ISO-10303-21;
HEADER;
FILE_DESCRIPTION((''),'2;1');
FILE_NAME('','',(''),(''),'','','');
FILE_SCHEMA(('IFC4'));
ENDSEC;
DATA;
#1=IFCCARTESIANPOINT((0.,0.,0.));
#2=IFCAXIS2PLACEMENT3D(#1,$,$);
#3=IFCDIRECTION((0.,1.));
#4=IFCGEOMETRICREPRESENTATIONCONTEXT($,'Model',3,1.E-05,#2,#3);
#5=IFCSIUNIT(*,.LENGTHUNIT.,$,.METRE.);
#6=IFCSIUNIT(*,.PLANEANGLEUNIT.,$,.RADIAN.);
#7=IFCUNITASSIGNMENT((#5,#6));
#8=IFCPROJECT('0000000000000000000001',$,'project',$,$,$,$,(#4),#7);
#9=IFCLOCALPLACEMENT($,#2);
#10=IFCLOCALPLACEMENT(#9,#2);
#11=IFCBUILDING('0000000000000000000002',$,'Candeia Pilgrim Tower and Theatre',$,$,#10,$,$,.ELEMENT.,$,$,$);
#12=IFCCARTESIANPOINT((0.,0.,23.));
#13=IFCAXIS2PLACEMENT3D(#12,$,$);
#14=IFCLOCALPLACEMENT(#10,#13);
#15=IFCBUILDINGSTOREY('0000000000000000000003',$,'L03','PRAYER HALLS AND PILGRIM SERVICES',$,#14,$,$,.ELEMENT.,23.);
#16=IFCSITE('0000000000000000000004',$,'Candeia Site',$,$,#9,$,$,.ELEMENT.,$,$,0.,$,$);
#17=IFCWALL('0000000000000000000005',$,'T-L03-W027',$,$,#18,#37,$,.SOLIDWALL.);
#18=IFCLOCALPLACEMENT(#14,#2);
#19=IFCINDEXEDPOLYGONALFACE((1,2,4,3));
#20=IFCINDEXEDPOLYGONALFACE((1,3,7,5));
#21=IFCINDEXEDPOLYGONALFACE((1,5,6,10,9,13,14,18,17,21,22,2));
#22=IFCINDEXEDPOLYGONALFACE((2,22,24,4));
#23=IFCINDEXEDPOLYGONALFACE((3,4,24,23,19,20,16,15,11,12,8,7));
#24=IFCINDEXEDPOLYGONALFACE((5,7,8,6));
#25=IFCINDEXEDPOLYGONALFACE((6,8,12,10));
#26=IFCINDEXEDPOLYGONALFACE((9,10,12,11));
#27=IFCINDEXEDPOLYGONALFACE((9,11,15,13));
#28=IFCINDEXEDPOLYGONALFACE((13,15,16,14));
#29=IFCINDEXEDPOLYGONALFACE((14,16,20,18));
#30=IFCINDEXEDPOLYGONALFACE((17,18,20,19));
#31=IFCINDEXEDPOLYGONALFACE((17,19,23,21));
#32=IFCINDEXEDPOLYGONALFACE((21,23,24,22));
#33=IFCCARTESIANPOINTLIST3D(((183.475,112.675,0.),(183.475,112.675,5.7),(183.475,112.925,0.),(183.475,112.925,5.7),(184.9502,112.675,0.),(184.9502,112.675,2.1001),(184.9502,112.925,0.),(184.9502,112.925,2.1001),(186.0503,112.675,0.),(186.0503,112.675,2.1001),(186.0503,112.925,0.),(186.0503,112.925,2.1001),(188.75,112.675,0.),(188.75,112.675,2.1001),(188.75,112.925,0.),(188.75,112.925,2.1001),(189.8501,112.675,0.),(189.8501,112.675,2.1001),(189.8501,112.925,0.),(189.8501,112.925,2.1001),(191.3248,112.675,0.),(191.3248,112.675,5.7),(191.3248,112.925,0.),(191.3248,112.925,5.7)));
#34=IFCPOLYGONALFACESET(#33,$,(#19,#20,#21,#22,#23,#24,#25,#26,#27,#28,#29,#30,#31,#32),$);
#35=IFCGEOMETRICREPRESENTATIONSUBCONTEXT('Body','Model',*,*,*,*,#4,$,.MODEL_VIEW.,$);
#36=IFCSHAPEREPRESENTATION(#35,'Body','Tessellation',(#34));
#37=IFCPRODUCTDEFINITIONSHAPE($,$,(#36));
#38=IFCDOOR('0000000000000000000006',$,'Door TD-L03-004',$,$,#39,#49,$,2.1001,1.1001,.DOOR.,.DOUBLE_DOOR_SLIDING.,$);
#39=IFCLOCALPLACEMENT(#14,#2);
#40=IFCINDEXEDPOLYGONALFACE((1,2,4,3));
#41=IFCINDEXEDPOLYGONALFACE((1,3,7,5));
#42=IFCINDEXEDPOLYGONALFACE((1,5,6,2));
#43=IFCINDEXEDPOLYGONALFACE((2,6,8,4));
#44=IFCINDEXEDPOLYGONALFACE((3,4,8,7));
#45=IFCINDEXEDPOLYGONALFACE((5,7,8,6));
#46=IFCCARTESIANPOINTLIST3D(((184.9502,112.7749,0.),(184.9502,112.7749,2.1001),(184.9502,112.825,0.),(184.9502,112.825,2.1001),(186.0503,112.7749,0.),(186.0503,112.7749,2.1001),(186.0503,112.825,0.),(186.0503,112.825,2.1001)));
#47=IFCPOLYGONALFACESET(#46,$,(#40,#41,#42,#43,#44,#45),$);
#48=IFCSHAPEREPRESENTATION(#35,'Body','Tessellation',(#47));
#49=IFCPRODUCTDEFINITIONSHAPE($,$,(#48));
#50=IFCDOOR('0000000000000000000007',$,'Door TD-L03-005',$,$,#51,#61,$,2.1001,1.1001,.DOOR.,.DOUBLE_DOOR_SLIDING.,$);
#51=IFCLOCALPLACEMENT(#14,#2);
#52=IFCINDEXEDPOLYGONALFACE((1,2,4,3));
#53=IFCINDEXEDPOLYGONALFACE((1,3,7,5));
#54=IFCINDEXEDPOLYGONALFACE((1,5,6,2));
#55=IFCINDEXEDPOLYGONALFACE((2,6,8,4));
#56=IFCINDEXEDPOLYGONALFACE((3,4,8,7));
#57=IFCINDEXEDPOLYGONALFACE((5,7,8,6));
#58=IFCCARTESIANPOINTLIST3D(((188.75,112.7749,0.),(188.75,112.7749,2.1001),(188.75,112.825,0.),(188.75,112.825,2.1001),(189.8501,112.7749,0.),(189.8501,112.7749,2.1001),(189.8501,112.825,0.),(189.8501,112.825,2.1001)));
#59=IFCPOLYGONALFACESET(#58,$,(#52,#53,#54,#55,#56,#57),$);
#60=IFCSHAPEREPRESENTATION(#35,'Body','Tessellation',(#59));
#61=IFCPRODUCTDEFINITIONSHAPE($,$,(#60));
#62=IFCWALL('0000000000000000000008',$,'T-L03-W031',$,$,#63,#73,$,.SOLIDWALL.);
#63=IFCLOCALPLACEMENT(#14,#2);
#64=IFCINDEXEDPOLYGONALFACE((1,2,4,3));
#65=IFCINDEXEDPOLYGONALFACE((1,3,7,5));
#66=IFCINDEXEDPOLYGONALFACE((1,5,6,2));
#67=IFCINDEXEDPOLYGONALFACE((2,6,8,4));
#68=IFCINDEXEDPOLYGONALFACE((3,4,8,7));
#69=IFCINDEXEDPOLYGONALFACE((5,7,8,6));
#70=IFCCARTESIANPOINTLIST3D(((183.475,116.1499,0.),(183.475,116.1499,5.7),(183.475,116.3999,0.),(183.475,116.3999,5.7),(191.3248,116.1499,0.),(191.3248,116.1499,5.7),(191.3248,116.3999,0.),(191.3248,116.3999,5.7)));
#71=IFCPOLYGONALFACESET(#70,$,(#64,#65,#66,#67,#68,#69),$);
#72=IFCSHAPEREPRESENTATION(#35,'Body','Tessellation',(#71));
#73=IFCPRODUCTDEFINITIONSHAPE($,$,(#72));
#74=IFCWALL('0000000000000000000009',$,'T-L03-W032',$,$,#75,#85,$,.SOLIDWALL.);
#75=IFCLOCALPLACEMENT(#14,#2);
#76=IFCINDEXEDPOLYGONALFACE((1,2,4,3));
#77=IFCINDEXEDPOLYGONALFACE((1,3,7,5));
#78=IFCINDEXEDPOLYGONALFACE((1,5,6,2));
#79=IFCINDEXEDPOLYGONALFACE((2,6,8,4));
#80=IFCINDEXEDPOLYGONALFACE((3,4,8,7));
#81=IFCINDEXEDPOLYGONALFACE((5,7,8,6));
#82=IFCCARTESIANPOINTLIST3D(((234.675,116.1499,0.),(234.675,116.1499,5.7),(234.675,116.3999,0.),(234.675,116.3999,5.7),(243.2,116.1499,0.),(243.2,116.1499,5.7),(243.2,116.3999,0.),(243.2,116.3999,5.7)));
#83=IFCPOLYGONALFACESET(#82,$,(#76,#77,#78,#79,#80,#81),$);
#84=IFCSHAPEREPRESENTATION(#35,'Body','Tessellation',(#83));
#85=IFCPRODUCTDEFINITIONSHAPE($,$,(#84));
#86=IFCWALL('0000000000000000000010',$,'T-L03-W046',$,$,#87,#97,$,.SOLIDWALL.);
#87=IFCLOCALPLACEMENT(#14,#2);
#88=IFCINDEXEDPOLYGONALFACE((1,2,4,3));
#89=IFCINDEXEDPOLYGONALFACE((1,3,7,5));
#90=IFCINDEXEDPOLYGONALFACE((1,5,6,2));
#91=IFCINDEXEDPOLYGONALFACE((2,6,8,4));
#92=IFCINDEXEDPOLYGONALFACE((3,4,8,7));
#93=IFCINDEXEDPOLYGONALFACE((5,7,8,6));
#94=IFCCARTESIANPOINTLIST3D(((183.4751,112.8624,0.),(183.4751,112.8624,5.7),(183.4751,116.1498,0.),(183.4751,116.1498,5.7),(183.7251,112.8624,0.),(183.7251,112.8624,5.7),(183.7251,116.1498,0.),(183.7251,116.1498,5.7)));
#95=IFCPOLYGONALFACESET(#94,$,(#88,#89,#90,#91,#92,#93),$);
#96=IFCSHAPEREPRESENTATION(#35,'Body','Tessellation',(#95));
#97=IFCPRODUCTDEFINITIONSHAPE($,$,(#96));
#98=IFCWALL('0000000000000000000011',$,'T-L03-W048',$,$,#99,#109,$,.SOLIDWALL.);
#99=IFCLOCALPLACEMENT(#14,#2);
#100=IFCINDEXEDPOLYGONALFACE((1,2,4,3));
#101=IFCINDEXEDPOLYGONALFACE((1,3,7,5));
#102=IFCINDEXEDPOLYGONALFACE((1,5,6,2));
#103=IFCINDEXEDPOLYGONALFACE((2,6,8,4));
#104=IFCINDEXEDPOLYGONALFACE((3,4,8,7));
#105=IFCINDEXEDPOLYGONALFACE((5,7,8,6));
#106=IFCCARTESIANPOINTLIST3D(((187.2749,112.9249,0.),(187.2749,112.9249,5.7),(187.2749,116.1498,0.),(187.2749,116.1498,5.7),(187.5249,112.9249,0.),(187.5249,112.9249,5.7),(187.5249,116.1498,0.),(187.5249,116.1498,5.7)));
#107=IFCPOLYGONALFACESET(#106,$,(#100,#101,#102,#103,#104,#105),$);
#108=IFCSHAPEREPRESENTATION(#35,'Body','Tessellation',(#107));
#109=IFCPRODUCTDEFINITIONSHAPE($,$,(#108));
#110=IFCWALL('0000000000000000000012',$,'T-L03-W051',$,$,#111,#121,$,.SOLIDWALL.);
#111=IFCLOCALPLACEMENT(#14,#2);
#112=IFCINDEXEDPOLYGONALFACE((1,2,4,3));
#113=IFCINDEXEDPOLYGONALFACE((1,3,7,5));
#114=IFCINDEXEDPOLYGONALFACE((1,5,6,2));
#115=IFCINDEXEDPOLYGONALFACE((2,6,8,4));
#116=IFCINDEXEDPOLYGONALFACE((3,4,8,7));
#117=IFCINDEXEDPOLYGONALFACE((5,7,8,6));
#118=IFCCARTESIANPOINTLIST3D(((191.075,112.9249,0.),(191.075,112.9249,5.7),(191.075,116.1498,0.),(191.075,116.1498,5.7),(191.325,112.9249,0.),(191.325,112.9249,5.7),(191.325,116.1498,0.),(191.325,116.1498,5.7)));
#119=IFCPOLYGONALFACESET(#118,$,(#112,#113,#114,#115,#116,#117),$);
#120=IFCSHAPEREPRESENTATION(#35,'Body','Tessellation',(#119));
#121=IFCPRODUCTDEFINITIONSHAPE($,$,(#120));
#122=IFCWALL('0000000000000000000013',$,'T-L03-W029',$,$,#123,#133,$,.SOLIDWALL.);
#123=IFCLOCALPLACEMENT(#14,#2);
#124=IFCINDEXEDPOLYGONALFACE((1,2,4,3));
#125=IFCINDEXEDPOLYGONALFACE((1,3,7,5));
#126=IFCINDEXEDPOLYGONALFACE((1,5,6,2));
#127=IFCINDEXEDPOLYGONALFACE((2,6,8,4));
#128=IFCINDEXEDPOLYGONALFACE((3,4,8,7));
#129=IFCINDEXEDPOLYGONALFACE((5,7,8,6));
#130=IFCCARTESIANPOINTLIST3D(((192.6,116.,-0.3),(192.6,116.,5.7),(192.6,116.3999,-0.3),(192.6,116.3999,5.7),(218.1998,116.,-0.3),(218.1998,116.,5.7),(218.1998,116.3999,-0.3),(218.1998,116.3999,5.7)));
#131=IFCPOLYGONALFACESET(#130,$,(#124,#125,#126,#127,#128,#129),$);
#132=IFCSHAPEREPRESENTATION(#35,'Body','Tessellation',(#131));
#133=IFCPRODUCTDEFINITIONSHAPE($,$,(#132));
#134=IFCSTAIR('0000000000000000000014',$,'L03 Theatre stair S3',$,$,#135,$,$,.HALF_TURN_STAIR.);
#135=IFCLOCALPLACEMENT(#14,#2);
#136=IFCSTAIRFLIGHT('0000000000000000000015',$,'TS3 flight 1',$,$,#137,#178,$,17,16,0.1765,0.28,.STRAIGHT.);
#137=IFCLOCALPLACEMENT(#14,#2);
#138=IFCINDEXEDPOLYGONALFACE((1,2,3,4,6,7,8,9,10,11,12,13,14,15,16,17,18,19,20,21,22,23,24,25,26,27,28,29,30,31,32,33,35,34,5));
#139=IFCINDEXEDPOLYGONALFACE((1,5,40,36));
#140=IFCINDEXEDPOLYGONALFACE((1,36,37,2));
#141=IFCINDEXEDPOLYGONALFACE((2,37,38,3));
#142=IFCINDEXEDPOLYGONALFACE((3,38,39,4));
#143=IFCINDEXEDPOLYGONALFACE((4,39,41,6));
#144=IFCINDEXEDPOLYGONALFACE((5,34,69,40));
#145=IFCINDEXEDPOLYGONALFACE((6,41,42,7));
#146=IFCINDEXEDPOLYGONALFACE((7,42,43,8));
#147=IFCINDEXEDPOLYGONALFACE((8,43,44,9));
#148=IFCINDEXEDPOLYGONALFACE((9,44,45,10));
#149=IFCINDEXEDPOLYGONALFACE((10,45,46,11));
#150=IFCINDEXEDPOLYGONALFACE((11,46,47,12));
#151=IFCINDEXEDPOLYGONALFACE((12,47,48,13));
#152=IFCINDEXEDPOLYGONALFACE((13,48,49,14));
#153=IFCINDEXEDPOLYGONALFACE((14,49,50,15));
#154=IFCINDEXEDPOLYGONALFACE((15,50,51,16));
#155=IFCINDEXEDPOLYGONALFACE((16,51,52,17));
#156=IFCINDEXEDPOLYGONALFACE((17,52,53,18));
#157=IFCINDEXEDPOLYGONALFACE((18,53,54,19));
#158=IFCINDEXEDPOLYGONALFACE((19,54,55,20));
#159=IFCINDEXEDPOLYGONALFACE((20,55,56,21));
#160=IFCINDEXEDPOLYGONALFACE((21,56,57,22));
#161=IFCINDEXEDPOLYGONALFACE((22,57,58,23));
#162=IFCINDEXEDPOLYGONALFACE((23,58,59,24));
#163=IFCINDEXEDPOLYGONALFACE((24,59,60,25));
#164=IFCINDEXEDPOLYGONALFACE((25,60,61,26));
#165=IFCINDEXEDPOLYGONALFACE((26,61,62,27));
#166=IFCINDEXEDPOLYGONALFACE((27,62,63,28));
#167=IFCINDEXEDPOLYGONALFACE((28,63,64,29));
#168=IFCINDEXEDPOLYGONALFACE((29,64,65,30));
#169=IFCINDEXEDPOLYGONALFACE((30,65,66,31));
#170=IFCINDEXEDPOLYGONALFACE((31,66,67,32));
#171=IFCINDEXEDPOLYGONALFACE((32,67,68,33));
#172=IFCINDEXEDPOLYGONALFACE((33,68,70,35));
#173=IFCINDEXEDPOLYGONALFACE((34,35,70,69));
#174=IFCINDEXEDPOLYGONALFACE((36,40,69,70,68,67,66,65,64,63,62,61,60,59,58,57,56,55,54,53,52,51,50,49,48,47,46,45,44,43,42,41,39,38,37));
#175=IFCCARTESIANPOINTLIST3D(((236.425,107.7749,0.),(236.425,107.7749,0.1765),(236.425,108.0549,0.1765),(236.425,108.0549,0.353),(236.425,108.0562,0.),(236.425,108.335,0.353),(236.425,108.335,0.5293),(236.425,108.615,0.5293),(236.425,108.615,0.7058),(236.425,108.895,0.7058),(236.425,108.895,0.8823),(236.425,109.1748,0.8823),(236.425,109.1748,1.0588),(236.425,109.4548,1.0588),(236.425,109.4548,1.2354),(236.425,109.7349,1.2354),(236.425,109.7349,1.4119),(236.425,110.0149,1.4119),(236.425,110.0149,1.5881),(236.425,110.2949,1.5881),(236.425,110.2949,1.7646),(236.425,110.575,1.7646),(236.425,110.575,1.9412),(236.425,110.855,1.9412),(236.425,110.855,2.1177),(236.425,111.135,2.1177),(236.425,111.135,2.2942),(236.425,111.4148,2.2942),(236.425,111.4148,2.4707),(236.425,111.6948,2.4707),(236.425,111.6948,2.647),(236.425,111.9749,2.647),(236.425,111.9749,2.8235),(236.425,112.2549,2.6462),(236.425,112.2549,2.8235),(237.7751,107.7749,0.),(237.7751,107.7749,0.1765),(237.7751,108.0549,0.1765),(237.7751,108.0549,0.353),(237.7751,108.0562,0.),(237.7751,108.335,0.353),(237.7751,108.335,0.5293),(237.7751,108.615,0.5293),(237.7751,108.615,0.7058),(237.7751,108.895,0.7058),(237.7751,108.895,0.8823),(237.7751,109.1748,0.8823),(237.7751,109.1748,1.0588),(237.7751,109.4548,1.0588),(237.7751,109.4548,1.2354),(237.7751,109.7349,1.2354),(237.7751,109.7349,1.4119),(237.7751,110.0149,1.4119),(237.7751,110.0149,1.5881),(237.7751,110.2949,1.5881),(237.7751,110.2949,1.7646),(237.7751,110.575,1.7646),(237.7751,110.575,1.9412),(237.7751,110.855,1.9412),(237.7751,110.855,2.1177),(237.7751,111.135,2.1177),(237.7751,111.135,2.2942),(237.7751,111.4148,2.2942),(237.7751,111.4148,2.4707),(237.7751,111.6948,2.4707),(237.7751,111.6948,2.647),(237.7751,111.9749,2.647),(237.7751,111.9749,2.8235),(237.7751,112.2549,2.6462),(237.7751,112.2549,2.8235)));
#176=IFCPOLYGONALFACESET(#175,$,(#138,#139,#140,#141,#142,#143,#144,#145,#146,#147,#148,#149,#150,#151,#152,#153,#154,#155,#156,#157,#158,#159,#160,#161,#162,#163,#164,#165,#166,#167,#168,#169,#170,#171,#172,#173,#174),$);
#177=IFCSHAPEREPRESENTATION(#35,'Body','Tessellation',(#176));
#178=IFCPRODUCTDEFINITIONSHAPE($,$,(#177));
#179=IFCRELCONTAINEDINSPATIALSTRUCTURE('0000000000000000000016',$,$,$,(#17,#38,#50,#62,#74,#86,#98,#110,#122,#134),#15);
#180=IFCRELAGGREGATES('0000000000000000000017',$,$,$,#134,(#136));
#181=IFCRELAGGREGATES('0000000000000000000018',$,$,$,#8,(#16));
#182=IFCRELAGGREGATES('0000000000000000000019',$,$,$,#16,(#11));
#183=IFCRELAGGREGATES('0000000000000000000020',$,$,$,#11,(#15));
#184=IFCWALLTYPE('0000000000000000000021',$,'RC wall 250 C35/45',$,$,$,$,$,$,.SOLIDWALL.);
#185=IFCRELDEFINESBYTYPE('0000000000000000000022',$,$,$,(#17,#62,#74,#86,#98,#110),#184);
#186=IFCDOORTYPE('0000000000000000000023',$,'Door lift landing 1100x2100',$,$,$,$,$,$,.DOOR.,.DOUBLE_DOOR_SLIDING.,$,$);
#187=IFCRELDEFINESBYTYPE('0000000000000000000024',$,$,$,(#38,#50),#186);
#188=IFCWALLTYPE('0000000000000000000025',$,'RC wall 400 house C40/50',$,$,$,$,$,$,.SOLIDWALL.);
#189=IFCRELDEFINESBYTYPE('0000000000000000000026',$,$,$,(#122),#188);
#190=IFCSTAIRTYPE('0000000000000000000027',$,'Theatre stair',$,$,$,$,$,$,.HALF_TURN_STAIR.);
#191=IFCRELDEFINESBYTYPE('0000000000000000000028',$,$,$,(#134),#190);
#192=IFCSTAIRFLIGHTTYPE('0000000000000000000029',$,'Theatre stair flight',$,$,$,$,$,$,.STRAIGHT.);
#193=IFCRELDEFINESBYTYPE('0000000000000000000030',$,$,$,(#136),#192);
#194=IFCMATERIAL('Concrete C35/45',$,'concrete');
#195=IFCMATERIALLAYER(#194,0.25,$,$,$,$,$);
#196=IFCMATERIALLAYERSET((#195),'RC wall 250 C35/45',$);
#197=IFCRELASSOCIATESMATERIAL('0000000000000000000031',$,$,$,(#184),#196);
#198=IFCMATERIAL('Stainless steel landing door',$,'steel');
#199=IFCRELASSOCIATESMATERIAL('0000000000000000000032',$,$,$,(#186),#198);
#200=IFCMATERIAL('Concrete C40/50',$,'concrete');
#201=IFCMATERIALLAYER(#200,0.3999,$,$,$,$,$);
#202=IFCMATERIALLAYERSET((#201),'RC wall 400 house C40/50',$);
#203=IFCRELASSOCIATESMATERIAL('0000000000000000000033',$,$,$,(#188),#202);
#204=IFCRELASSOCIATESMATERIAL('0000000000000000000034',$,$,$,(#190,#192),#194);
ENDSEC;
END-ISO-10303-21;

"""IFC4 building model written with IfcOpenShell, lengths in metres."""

from ifc_helpers import new_model, si_unit, direction, frame, frame_2d, origin, place, context, subcontext, project, spatial, polyline, rectangle, outline, extrude, material, layer, layer_set, type_object, element, fill, aggregate, save


model = new_model("IFC4")

# Units and contexts
model_context = context("Model", 3, precision=1e-05, world=origin(), true_north=direction((0.0, 1.0)))
body_context = subcontext(model_context, "Body", "Model", "MODEL_VIEW")
ifc_project = project(units=[si_unit("LENGTHUNIT", "METRE"), si_unit("PLANEANGLEUNIT", "RADIAN")], contexts=[model_context])

# Site, building, storey
site_placement = place(None, origin())
site = spatial("IfcSite", under=ifc_project, at=site_placement, Name="Candeia Site", CompositionType="ELEMENT", RefElevation=0.0)
building_placement = place(site_placement, origin())
building = spatial("IfcBuilding", under=site, at=building_placement, Name="Candeia Pilgrim Tower and Theatre", CompositionType="ELEMENT")
storey_placement = place(building_placement, frame((0.0, 0.0, 23.0)))
storey = spatial("IfcBuildingStorey", under=building, at=storey_placement, Name="L03", Description="PRAYER HALLS AND PILGRIM SERVICES", CompositionType="ELEMENT", Elevation=23.0)

# Shared definitions
ifc_material_1 = material(Name="Concrete C40/50", Category="concrete")

# Wall, openings, doors
ifc_material_2 = material(Name="Concrete C35/45", Category="concrete")
ifc_layer_1 = layer(ifc_material_2, 0.25)
ifc_layer_set_1 = layer_set([ifc_layer_1], Name="RC wall 250 C35/45")
wall_type_1 = type_object("IfcWallType", Name="RC wall 250 C35/45", PredefinedType="SOLIDWALL", material=ifc_layer_set_1)
wall_1_placement = place(storey_placement, frame((183.4751, 112.8, 0.0), z_axis=(0.0, 0.0, 1.0), x_axis=(1.0, 0.0, 0.0)))
wall_1 = element("IfcWall", 1, at=wall_1_placement, inside=storey, type_object=wall_type_1, Name="T-L03-W027", PredefinedType="SOLIDWALL", context=body_context, shape_type="SweptSolid", body=[
    extrude(rectangle(XDim=7.8499, YDim=0.25, at=frame_2d((3.9248, 0.0))), origin(), (0.0, 0.0, 1.0), 5.7),
])
opening_1_placement = place(wall_1_placement, frame((1.4751, 0.0, 0.0)))
opening_1 = element("IfcOpeningElement", 2, at=opening_1_placement, cuts=wall_1, PredefinedType="OPENING", context=body_context, shape_type="SweptSolid", body=[
    extrude(rectangle(XDim=1.1001, YDim=2.1001, at=frame_2d((0.55, 1.05))), frame((0.0, 0.135, 0.0), z_axis=(0.0, -1.0, 0.0), x_axis=(1.0, 0.0, 0.0)), (0.0, 0.0, 1.0), 0.27),
])
opening_2_placement = place(wall_1_placement, frame((5.2749, 0.0, 0.0)))
opening_2 = element("IfcOpeningElement", 3, at=opening_2_placement, cuts=wall_1, PredefinedType="OPENING", context=body_context, shape_type="SweptSolid", body=[
    extrude(rectangle(XDim=1.1001, YDim=2.1001, at=frame_2d((0.55, 1.05))), frame((0.0, 0.135, 0.0), z_axis=(0.0, -1.0, 0.0), x_axis=(1.0, 0.0, 0.0)), (0.0, 0.0, 1.0), 0.27),
])
ifc_material_3 = material(Name="Stainless steel landing door", Category="steel")
door_type_1 = type_object("IfcDoorType", Name="Door lift landing 1100x2100", OperationType="DOUBLE_DOOR_SLIDING", PredefinedType="DOOR", material=ifc_material_3)
door_1_placement = place(opening_1_placement, origin())
door_1 = element("IfcDoor", 4, at=door_1_placement, inside=storey, type_object=door_type_1, Name="Door TD-L03-004", OperationType="DOUBLE_DOOR_SLIDING", OverallHeight=2.1001, OverallWidth=1.1001, PredefinedType="DOOR", context=body_context, shape_type="SweptSolid", body=[
    extrude(rectangle(XDim=1.1001, YDim=2.1001, at=frame_2d((0.55, 1.05))), frame((0.0, 0.0249, 0.0), z_axis=(0.0, -1.0, 0.0), x_axis=(1.0, 0.0, 0.0)), (0.0, 0.0, 1.0), 0.05),
])
fill(opening_1, door_1)
door_2_placement = place(opening_2_placement, origin())
door_2 = element("IfcDoor", 5, at=door_2_placement, inside=storey, type_object=door_type_1, Name="Door TD-L03-005", OperationType="DOUBLE_DOOR_SLIDING", OverallHeight=2.1001, OverallWidth=1.1001, PredefinedType="DOOR", context=body_context, shape_type="SweptSolid", body=[
    extrude(rectangle(XDim=1.1001, YDim=2.1001, at=frame_2d((0.55, 1.05))), frame((0.0, 0.0249, 0.0), z_axis=(0.0, -1.0, 0.0), x_axis=(1.0, 0.0, 0.0)), (0.0, 0.0, 1.0), 0.05),
])
fill(opening_2, door_2)

# Walls
wall_2_placement = place(storey_placement, frame((183.4751, 116.2749, 0.0), z_axis=(0.0, 0.0, 1.0), x_axis=(1.0, 0.0, 0.0)))
element("IfcWall", 6, at=wall_2_placement, inside=storey, type_object=wall_type_1, Name="T-L03-W031", PredefinedType="SOLIDWALL", context=body_context, shape_type="SweptSolid", body=[
    extrude(rectangle(XDim=7.8499, YDim=0.25, at=frame_2d((3.9248, 0.0))), origin(), (0.0, 0.0, 1.0), 5.7),
])
wall_3_placement = place(storey_placement, frame((234.675, 116.2749, 0.0), z_axis=(0.0, 0.0, 1.0), x_axis=(1.0, 0.0, 0.0)))
element("IfcWall", 7, at=wall_3_placement, inside=storey, type_object=wall_type_1, Name="T-L03-W032", PredefinedType="SOLIDWALL", context=body_context, shape_type="SweptSolid", body=[
    extrude(rectangle(XDim=8.5249, YDim=0.25, at=frame_2d((4.2625, 0.0))), origin(), (0.0, 0.0, 1.0), 5.7),
])
wall_4_placement = place(storey_placement, frame((183.6001, 112.8625, 0.0), z_axis=(0.0, 0.0, 1.0), x_axis=(0.0, 1.0, 0.0)))
element("IfcWall", 8, at=wall_4_placement, inside=storey, type_object=wall_type_1, Name="T-L03-W046", PredefinedType="SOLIDWALL", context=body_context, shape_type="SweptSolid", body=[
    extrude(rectangle(XDim=3.2874, YDim=0.25, at=frame_2d((1.6436, 0.0))), origin(), (0.0, 0.0, 1.0), 5.7),
])
for number, where, z_axis, x_axis, name in (
    (9, (187.3999, 112.925, 0.0), (0.0, 0.0, 1.0), (0.0, 1.0, 0.0), "T-L03-W048"),
    (10, (191.2, 112.925, 0.0), (0.0, 0.0, 1.0), (0.0, 1.0, 0.0), "T-L03-W051"),
):
    element("IfcWall", number, at=place(storey_placement, frame(where, z_axis=z_axis, x_axis=x_axis)), inside=storey, type_object=wall_type_1, Name=name, PredefinedType="SOLIDWALL", context=body_context, shape_type="SweptSolid", body=[
        extrude(rectangle(XDim=3.2249, YDim=0.25, at=frame_2d((1.6123, 0.0))), origin(), (0.0, 0.0, 1.0), 5.7),
    ])
ifc_layer_2 = layer(ifc_material_1, 0.3999)
ifc_layer_set_2 = layer_set([ifc_layer_2], Name="RC wall 400 house C40/50")
wall_type_2 = type_object("IfcWallType", Name="RC wall 400 house C40/50", PredefinedType="SOLIDWALL", material=ifc_layer_set_2)
wall_5_placement = place(storey_placement, frame((192.6001, 116.2, -0.3), z_axis=(0.0, 0.0, 1.0), x_axis=(1.0, 0.0, 0.0)))
element("IfcWall", 11, at=wall_5_placement, inside=storey, type_object=wall_type_2, Name="T-L03-W029", PredefinedType="SOLIDWALL", context=body_context, shape_type="SweptSolid", body=[
    extrude(rectangle(XDim=25.5999, YDim=0.3999, at=frame_2d((12.7998, 0.0))), origin(), (0.0, 0.0, 1.0), 6.0),
])

# Stair, stair flight
stair_type = type_object("IfcStairType", Name="Theatre stair", PredefinedType="HALF_TURN_STAIR", material=ifc_material_2)
stair_1_placement = place(storey_placement, origin())
stair_1 = element("IfcStair", 12, at=stair_1_placement, inside=storey, type_object=stair_type, Name="L03 Theatre stair S3", PredefinedType="HALF_TURN_STAIR")
stair_flight_type = type_object("IfcStairFlightType", Name="Theatre stair flight", PredefinedType="STRAIGHT", material=ifc_material_2)
stair_flight_1_placement = place(storey_placement, frame((237.1001, 107.7749, 0.0), z_axis=(0.0, 0.0, 1.0), x_axis=(0.0, 1.0, 0.0)))
stair_flight_1 = element("IfcStairFlight", 13, at=stair_flight_1_placement, type_object=stair_flight_type, Name="TS3 flight 1", NumberOfRisers=17, NumberOfTreads=16, PredefinedType="STRAIGHT", RiserHeight=0.1765, TreadLength=0.28, context=body_context, shape_type="SweptSolid", body=[
    extrude(outline(polyline([(0.0, 0.0), (0.0, 0.1765), (0.28, 0.1765), (0.28, 0.353), (0.5601, 0.353), (0.5601, 0.5293), (0.8401, 0.5293), (0.8401, 0.7058), (1.1201, 0.7058), (1.1201, 0.8823), (1.3999, 0.8823), (1.3999, 1.0588), (1.6799, 1.0588), (1.6799, 1.2354), (1.96, 1.2354), (1.96, 1.4119), (2.24, 1.4119), (2.24, 1.5881), (2.52, 1.5881), (2.52, 1.7646), (2.8, 1.7646), (2.8, 1.9412), (3.0801, 1.9412), (3.0801, 2.1177), (3.3601, 2.1177), (3.3601, 2.2942), (3.6399, 2.2942), (3.6399, 2.4707), (3.9199, 2.4707), (3.9199, 2.647), (4.2, 2.647), (4.2, 2.8235), (4.48, 2.8235), (4.48, 3.0), (4.48, 2.6462), (0.2812, 0.0), (0.0, 0.0)])), frame((0.0, 0.675, 0.0), z_axis=(0.0, -1.0, 0.0), x_axis=(1.0, 0.0, 0.0)), (0.0, 0.0, 1.0), 1.3501),
])
aggregate(stair_1, [stair_flight_1])

save(model, "model.ifc")
